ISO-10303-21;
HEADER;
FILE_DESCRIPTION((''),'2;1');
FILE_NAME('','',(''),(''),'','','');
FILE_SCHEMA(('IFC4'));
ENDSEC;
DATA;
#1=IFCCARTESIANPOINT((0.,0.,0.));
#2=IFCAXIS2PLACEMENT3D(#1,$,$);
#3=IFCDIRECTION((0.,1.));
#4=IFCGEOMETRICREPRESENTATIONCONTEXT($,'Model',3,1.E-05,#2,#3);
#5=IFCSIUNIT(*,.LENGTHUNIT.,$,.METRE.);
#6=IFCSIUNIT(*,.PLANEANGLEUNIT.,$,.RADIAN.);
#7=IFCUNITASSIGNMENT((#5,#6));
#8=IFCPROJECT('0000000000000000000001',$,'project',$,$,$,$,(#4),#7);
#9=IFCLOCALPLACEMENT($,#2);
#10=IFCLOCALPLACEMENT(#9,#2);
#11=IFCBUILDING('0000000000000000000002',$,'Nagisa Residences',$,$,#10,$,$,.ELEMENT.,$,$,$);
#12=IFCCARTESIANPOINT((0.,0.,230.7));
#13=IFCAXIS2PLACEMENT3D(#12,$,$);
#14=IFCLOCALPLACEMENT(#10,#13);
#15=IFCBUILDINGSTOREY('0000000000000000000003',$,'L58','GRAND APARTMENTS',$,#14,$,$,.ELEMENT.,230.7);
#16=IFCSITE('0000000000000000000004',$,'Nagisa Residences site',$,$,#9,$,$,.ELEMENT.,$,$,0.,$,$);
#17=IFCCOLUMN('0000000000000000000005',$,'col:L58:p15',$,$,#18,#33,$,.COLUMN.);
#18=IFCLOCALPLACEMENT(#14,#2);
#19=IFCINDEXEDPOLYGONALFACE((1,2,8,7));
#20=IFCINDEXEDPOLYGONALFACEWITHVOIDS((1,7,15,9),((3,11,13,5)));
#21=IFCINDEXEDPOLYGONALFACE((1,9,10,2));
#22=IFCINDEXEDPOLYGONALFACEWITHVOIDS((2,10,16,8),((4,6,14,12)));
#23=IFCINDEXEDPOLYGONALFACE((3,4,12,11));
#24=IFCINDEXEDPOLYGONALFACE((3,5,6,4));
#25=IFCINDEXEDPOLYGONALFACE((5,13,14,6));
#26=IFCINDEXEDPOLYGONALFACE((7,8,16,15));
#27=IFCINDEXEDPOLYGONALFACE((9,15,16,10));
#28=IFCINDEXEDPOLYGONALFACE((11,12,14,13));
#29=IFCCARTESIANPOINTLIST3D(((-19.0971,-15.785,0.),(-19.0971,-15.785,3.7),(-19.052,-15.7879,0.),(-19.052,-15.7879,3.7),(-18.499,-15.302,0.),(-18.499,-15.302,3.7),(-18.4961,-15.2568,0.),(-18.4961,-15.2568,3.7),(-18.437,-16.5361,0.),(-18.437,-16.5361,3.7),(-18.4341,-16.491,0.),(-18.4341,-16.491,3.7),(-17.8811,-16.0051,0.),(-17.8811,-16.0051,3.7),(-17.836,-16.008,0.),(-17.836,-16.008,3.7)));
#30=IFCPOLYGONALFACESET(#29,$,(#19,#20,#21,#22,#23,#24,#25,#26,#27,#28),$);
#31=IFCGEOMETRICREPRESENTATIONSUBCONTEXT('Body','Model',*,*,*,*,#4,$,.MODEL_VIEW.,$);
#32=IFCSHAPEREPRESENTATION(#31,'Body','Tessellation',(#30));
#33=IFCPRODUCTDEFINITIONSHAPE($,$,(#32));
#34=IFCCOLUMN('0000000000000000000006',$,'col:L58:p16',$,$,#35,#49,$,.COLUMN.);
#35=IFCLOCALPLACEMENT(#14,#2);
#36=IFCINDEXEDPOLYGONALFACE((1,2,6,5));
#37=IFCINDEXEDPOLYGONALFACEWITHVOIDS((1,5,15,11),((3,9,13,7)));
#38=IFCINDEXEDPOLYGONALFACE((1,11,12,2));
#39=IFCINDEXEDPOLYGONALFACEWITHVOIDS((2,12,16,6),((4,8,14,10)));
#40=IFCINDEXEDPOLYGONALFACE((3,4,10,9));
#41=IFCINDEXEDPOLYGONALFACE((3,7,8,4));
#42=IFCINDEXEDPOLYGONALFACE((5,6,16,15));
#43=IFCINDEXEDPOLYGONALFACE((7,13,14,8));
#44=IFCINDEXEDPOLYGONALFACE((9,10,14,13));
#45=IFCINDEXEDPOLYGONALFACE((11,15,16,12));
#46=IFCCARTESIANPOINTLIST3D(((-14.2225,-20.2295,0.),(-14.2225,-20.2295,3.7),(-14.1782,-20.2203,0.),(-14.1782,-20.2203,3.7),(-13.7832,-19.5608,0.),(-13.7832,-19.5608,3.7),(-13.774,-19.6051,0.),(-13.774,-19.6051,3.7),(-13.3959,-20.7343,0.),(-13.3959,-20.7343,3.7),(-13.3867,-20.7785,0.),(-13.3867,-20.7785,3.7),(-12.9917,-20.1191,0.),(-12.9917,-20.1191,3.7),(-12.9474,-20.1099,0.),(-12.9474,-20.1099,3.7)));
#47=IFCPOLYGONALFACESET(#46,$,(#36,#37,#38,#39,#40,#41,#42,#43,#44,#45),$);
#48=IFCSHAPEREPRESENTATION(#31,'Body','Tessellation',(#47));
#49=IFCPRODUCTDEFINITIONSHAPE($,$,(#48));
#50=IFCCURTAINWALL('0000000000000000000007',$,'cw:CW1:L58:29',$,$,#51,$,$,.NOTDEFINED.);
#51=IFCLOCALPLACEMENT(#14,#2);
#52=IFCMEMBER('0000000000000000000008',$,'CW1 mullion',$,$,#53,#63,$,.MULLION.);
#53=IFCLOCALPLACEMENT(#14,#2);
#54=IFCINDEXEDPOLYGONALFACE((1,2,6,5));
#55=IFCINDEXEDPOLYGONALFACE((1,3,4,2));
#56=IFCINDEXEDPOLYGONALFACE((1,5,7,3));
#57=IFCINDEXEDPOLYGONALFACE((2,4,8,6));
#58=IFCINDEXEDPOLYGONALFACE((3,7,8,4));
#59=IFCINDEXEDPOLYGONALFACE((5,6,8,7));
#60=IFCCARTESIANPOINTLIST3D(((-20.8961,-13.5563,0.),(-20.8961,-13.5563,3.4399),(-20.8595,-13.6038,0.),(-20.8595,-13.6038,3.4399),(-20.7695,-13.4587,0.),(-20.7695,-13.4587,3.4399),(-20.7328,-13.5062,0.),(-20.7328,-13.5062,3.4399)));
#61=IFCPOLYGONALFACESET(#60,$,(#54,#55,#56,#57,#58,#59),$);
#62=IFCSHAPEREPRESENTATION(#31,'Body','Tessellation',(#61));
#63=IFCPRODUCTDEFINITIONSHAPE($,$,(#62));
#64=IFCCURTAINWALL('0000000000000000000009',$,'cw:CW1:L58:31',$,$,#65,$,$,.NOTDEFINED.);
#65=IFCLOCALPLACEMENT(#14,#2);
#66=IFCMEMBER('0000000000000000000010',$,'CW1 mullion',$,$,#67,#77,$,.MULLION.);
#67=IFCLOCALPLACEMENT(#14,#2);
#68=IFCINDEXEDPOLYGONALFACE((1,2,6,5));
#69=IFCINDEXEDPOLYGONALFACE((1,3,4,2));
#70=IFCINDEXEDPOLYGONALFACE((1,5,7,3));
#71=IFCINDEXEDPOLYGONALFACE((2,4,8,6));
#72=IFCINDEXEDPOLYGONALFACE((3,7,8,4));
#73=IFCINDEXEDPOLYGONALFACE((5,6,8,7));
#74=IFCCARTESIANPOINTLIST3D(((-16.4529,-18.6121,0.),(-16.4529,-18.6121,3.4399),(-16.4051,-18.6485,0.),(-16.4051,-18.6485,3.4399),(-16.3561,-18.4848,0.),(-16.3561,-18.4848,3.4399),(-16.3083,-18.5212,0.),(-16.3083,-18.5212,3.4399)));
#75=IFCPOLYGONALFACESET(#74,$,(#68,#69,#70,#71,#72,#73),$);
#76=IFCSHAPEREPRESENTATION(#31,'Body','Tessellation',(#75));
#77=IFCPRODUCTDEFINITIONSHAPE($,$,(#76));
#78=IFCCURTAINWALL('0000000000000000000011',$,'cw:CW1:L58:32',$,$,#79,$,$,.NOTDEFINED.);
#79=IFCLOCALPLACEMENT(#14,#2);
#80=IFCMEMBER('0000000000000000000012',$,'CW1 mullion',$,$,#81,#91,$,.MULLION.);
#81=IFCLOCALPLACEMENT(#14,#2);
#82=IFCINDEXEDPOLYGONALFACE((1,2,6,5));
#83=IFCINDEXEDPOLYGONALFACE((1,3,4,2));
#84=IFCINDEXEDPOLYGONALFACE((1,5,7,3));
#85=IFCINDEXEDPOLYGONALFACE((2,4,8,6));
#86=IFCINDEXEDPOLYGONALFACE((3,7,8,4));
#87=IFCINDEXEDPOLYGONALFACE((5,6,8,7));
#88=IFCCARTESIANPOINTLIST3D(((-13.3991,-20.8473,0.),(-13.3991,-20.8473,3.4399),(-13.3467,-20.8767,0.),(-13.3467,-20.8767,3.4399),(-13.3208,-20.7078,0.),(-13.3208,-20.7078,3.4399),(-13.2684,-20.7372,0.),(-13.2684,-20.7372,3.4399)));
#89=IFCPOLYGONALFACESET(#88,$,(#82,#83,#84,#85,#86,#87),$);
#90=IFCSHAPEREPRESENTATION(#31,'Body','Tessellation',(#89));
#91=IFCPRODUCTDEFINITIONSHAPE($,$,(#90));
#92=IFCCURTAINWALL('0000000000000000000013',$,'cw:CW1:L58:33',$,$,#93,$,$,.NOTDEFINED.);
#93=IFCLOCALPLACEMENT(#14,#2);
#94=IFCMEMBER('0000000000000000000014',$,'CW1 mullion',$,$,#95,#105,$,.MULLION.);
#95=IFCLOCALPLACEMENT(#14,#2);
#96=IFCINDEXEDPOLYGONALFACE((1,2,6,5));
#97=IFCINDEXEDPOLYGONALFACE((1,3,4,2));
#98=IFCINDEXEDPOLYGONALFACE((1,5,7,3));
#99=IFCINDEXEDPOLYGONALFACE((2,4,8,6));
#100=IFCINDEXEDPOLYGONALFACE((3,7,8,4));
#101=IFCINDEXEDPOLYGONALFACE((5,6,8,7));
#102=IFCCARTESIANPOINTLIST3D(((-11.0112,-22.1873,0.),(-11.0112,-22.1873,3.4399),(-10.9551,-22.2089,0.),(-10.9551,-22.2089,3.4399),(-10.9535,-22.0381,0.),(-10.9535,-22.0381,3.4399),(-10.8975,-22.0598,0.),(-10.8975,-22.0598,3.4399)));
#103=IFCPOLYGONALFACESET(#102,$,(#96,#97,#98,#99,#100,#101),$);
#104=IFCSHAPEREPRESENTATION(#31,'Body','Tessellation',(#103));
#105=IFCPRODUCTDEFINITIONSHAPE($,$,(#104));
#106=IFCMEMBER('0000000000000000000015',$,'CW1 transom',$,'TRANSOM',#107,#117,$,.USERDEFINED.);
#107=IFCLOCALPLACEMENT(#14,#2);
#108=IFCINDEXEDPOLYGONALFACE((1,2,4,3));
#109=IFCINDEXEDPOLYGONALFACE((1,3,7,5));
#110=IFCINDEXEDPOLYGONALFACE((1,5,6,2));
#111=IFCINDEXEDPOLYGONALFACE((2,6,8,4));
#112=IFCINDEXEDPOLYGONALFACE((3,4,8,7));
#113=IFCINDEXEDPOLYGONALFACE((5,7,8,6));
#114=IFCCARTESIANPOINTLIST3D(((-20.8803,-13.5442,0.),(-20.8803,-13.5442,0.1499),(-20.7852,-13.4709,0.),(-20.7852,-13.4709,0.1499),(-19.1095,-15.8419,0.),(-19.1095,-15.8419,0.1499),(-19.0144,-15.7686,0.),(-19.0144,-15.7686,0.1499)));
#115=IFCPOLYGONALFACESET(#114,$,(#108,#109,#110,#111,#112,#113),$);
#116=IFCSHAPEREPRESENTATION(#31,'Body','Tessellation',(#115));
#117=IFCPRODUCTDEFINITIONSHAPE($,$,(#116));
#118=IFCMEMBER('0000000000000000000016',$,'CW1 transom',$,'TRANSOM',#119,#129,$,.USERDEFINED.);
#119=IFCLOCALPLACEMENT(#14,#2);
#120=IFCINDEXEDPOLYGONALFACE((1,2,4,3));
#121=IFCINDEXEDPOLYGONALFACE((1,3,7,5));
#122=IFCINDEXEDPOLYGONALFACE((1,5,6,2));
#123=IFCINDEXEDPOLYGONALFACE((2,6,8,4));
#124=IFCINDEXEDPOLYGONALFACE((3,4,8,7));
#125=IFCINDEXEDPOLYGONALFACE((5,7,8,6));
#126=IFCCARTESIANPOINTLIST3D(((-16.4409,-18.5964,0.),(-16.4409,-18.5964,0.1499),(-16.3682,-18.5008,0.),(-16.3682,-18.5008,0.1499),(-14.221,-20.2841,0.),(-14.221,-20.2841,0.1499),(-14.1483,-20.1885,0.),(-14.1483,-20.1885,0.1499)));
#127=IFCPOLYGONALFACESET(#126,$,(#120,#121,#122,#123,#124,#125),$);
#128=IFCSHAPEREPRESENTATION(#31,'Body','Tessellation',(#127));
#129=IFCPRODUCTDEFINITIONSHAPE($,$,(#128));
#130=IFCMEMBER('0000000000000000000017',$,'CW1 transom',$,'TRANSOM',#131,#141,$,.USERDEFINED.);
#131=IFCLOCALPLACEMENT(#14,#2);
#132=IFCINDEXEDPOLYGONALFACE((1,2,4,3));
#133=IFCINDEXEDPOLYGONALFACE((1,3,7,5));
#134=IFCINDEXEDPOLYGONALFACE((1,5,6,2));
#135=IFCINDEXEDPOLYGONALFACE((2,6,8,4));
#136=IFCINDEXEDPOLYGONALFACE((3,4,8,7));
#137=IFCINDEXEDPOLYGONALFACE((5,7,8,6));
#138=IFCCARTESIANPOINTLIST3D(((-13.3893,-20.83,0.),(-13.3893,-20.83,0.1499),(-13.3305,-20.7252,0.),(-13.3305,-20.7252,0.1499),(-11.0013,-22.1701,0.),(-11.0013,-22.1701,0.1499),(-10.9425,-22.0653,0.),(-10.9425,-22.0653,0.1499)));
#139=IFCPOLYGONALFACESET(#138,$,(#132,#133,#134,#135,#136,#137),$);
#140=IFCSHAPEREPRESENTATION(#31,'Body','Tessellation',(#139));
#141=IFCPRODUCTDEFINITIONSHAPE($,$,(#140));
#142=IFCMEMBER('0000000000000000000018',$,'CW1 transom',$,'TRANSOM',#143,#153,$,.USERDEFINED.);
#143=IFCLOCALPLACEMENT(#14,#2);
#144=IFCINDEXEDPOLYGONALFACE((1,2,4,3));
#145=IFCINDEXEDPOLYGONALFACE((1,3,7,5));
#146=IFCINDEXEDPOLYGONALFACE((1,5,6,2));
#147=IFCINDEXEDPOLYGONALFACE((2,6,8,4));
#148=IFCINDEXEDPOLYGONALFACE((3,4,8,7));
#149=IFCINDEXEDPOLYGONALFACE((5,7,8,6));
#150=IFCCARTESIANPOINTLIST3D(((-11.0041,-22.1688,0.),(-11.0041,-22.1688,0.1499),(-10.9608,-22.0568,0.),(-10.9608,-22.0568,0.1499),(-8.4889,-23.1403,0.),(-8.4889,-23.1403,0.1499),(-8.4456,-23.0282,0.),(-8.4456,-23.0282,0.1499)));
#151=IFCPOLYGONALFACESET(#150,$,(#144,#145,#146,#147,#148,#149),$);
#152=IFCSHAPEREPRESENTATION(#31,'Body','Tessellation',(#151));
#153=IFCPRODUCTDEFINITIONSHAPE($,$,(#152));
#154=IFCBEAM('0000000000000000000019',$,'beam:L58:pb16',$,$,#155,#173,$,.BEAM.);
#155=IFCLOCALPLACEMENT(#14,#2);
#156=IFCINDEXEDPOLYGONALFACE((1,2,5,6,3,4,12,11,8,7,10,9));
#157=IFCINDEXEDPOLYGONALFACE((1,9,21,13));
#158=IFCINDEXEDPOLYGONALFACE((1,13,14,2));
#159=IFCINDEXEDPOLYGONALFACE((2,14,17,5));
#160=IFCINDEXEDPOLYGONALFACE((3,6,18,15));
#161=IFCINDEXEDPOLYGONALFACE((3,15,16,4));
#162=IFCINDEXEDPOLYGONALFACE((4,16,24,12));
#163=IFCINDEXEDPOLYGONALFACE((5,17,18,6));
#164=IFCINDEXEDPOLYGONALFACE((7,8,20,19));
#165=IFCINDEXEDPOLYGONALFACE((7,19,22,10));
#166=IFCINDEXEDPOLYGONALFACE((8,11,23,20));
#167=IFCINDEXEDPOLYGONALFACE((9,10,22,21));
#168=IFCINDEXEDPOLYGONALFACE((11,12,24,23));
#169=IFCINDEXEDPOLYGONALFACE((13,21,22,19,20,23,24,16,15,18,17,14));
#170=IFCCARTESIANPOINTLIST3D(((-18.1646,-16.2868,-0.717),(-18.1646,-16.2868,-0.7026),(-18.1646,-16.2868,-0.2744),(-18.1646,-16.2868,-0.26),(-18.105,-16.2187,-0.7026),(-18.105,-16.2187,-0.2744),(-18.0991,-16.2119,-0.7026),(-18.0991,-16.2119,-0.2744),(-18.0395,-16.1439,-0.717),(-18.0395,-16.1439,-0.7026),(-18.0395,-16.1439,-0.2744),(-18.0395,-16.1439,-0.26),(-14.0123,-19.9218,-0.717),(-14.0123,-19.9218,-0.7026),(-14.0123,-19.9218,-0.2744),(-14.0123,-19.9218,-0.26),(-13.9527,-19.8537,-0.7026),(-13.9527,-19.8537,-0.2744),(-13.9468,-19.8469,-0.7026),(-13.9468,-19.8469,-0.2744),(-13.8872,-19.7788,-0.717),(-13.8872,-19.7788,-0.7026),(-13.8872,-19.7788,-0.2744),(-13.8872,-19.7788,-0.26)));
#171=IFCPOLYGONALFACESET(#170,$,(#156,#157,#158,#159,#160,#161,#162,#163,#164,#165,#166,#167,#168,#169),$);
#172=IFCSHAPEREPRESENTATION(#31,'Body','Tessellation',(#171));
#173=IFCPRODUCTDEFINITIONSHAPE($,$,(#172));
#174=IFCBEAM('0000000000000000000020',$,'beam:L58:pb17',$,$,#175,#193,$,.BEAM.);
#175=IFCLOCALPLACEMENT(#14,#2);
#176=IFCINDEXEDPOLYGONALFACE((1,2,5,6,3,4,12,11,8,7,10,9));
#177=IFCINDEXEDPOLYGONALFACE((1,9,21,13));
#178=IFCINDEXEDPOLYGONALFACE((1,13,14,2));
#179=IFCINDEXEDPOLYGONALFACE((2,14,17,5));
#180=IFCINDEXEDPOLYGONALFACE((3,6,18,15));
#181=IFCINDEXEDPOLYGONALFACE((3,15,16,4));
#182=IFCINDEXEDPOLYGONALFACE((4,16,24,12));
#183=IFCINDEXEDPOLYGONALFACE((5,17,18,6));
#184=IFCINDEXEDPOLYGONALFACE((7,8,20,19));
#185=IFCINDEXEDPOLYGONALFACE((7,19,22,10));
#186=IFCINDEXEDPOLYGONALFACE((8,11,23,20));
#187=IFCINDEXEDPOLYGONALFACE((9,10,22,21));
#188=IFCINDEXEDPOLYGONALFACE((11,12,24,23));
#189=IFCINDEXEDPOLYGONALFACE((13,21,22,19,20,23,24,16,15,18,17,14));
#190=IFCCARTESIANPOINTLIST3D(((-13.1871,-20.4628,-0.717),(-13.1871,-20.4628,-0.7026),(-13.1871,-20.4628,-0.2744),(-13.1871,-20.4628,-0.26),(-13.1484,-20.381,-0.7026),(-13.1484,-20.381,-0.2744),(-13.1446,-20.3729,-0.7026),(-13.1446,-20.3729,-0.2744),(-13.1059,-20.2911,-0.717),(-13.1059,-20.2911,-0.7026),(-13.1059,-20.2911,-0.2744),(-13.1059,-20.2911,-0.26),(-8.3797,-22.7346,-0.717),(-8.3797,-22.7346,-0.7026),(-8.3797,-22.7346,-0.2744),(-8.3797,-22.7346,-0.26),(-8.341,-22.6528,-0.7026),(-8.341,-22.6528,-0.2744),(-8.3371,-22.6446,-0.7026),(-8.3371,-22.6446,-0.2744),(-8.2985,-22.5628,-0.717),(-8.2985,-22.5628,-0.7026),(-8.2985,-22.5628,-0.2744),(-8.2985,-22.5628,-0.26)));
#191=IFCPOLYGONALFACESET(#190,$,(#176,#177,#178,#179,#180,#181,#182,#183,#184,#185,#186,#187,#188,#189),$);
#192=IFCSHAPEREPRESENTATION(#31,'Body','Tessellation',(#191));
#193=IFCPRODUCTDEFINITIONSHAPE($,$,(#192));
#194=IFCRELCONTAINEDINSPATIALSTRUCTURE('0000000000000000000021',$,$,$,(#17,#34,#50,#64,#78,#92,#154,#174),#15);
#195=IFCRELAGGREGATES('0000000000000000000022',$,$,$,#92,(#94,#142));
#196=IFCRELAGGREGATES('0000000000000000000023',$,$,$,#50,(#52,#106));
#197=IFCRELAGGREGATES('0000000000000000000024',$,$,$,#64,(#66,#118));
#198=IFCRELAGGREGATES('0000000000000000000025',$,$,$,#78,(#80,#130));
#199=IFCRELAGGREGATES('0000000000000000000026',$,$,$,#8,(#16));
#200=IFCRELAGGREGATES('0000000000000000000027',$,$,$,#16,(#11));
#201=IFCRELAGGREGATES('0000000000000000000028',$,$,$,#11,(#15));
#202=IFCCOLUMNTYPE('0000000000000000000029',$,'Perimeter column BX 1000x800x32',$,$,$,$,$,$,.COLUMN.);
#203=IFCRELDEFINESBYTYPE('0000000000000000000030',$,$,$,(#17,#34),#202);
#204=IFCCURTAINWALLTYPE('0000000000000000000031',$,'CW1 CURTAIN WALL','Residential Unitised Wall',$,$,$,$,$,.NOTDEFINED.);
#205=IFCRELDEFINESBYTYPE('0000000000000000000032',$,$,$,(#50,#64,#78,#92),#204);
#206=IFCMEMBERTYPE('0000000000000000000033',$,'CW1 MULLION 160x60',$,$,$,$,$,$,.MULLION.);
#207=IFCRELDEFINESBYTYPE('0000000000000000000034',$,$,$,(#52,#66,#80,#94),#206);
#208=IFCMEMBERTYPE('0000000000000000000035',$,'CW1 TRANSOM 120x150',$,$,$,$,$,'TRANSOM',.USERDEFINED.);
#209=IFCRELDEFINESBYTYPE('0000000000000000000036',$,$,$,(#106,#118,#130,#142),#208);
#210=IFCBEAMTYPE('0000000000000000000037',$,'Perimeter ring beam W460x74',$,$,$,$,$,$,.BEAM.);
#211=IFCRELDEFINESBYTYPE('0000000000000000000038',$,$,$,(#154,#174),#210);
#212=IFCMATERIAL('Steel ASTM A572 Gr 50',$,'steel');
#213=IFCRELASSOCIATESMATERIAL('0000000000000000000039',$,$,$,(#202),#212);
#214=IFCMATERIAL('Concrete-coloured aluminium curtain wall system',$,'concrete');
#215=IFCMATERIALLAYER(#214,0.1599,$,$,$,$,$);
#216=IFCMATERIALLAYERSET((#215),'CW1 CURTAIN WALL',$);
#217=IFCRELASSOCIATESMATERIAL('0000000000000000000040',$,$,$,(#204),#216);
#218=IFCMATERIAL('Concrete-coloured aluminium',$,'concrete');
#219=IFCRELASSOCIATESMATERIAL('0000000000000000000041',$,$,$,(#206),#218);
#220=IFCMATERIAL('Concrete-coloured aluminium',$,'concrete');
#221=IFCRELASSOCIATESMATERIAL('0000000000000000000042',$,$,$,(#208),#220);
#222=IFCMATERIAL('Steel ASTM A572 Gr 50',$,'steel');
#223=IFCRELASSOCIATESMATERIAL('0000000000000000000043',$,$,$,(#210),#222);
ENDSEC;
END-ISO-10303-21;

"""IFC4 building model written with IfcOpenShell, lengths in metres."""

from ifc_helpers import new_model, si_unit, direction, frame, origin, origin_2d, place, context, subcontext, project, spatial, rectangle, hollow_rectangle, i_section, extrude, material, layer, layer_set, material_profile, profile_set, type_object, element, aggregate, save


model = new_model("IFC4")

# Units and contexts
model_context = context("Model", 3, precision=1e-05, world=origin(), true_north=direction((0.0, 1.0)))
body_context = subcontext(model_context, "Body", "Model", "MODEL_VIEW")
ifc_project = project(units=[si_unit("LENGTHUNIT", "METRE"), si_unit("PLANEANGLEUNIT", "RADIAN")], contexts=[model_context])

# Site, building, storey
site_placement = place(None, origin())
site = spatial("IfcSite", under=ifc_project, at=site_placement, Name="Nagisa Residences site", CompositionType="ELEMENT", RefElevation=0.0)
building_placement = place(site_placement, origin())
building = spatial("IfcBuilding", under=site, at=building_placement, Name="Nagisa Residences", CompositionType="ELEMENT")
storey_placement = place(building_placement, frame((0.0, 0.0, 230.7)))
storey = spatial("IfcBuildingStorey", under=building, at=storey_placement, Name="L58", Description="GRAND APARTMENTS", CompositionType="ELEMENT", Elevation=230.7)

# Columns
ifc_material_1 = material(Name="Steel ASTM A572 Gr 50", Category="steel")
ifc_material_profile_1 = material_profile(ifc_material_1, hollow_rectangle(XDim=1.0, YDim=0.8, WallThickness=0.032, at=origin_2d()), Name="BX 1000x800x32")
ifc_profile_set_1 = profile_set([ifc_material_profile_1], Name="Steel ASTM A572 Gr 50")
column_type = type_object("IfcColumnType", Name="Perimeter column BX 1000x800x32", PredefinedType="COLUMN", material=ifc_profile_set_1)
for number, where, z_axis, x_axis, name in (
    (1, (-18.4666, -15.8965, 0.0), (0.0, 0.0, 1.0), (0.660115, -0.751165, 0.0), "col:L58:p15"),
    (2, (-13.585, -20.1697, 0.0), (0.0, 0.0, 1.0), (0.835766, -0.549086, 0.0), "col:L58:p16"),
):
    element("IfcColumn", number, at=place(storey_placement, frame(where, z_axis=z_axis, x_axis=x_axis)), inside=storey, type_object=column_type, Name=name, PredefinedType="COLUMN", context=body_context, shape_type="SweptSolid", body=[
        extrude(hollow_rectangle(XDim=1.0, YDim=0.8, WallThickness=0.032, at=origin_2d()), origin(), (0.0, 0.0, 1.0), 3.7),
    ])

# Curtain walls, members
ifc_material_2 = material(Name="Concrete-coloured aluminium curtain wall system", Category="concrete")
ifc_layer_1 = layer(ifc_material_2, 0.1599)
ifc_layer_set_1 = layer_set([ifc_layer_1], Name="CW1 CURTAIN WALL")
curtain_wall_type = type_object("IfcCurtainWallType", Name="CW1 CURTAIN WALL", Description="Residential Unitised Wall", PredefinedType="NOTDEFINED", material=ifc_layer_set_1)
curtain_wall_1_placement = place(storey_placement, origin())
curtain_wall_1 = element("IfcCurtainWall", 3, at=curtain_wall_1_placement, inside=storey, type_object=curtain_wall_type, Name="cw:CW1:L58:29", PredefinedType="NOTDEFINED")
ifc_material_3 = material(Name="Concrete-coloured aluminium", Category="concrete")
ifc_material_profile_2 = material_profile(ifc_material_3, rectangle(XDim=0.1599, YDim=0.0601, at=origin_2d()), Name="CW1 MULLION 160x60")
ifc_profile_set_2 = profile_set([ifc_material_profile_2], Name="Concrete-coloured aluminium")
member_type_1 = type_object("IfcMemberType", Name="CW1 MULLION 160x60", PredefinedType="MULLION", material=ifc_profile_set_2)
member_1_placement = place(storey_placement, frame((-20.8145, -13.5312, 0.0), z_axis=(0.0, 0.0, 1.0), x_axis=(0.79207, 0.61043, 0.0)))
member_1 = element("IfcMember", 4, at=member_1_placement, type_object=member_type_1, Name="CW1 mullion", PredefinedType="MULLION", context=body_context, shape_type="SweptSolid", body=[
    extrude(rectangle(XDim=0.1599, YDim=0.0601, at=origin_2d()), origin(), (0.0, 0.0, 1.0), 3.4399),
])
curtain_wall_2_placement = place(storey_placement, origin())
curtain_wall_2 = element("IfcCurtainWall", 5, at=curtain_wall_2_placement, inside=storey, type_object=curtain_wall_type, Name="cw:CW1:L58:31", PredefinedType="NOTDEFINED")
member_2_placement = place(storey_placement, frame((-16.3806, -18.5667, 0.0), z_axis=(0.0, 0.0, 1.0), x_axis=(0.605255, 0.796031, 0.0)))
member_2 = element("IfcMember", 6, at=member_2_placement, type_object=member_type_1, Name="CW1 mullion", PredefinedType="MULLION", context=body_context, shape_type="SweptSolid", body=[
    extrude(rectangle(XDim=0.1599, YDim=0.0601, at=origin_2d()), origin(), (0.0, 0.0, 1.0), 3.4399),
])
curtain_wall_3_placement = place(storey_placement, origin())
curtain_wall_3 = element("IfcCurtainWall", 7, at=curtain_wall_3_placement, inside=storey, type_object=curtain_wall_type, Name="cw:CW1:L58:32", PredefinedType="NOTDEFINED")
member_3_placement = place(storey_placement, frame((-13.3337, -20.7922, 0.0), z_axis=(0.0, 0.0, 1.0), x_axis=(0.489377, 0.872072, 0.0)))
member_3 = element("IfcMember", 8, at=member_3_placement, type_object=member_type_1, Name="CW1 mullion", PredefinedType="MULLION", context=body_context, shape_type="SweptSolid", body=[
    extrude(rectangle(XDim=0.1599, YDim=0.0601, at=origin_2d()), origin(), (0.0, 0.0, 1.0), 3.4399),
])
curtain_wall_4_placement = place(storey_placement, origin())
curtain_wall_4 = element("IfcCurtainWall", 9, at=curtain_wall_4_placement, inside=storey, type_object=curtain_wall_type, Name="cw:CW1:L58:33", PredefinedType="NOTDEFINED")
member_4_placement = place(storey_placement, frame((-10.9543, -22.1235, 0.0), z_axis=(0.0, 0.0, 1.0), x_axis=(0.360328, 0.932826, 0.0)))
member_4 = element("IfcMember", 10, at=member_4_placement, type_object=member_type_1, Name="CW1 mullion", PredefinedType="MULLION", context=body_context, shape_type="SweptSolid", body=[
    extrude(rectangle(XDim=0.1599, YDim=0.0601, at=origin_2d()), origin(), (0.0, 0.0, 1.0), 3.4399),
])

# Members
ifc_material_4 = material(Name="Concrete-coloured aluminium", Category="concrete")
ifc_material_profile_3 = material_profile(ifc_material_4, rectangle(XDim=0.1201, YDim=0.1499, at=origin_2d()), Name="CW1 TRANSOM 120x150")
ifc_profile_set_3 = profile_set([ifc_material_profile_3], Name="Concrete-coloured aluminium")
member_type_2 = type_object("IfcMemberType", Name="CW1 TRANSOM 120x150", ElementType="TRANSOM", PredefinedType="USERDEFINED", material=ifc_profile_set_3)
member_5_placement = place(storey_placement, frame((-20.8328, -13.5076, 0.075), z_axis=(0.610439, -0.792064, 0.0), x_axis=(0.792064, 0.610439, 0.0)))
member_5 = element("IfcMember", 11, at=member_5_placement, type_object=member_type_2, Name="CW1 transom", ObjectType="TRANSOM", PredefinedType="USERDEFINED", context=body_context, shape_type="SweptSolid", body=[
    extrude(rectangle(XDim=0.1201, YDim=0.1499, at=origin_2d()), origin(), (0.0, 0.0, 1.0), 2.9009),
])
member_6_placement = place(storey_placement, frame((-16.4045, -18.5486, 0.075), z_axis=(0.796064, -0.605212, 0.0), x_axis=(0.605212, 0.796064, 0.0)))
member_6 = element("IfcMember", 12, at=member_6_placement, type_object=member_type_2, Name="CW1 transom", ObjectType="TRANSOM", PredefinedType="USERDEFINED", context=body_context, shape_type="SweptSolid", body=[
    extrude(rectangle(XDim=0.1201, YDim=0.1499, at=origin_2d()), origin(), (0.0, 0.0, 1.0), 2.7886),
])
member_7_placement = place(storey_placement, frame((-13.3599, -20.7776, 0.075), z_axis=(0.872063, -0.489393, 0.0), x_axis=(0.489393, 0.872063, 0.0)))
member_7 = element("IfcMember", 13, at=member_7_placement, type_object=member_type_2, Name="CW1 transom", ObjectType="TRANSOM", PredefinedType="USERDEFINED", context=body_context, shape_type="SweptSolid", body=[
    extrude(rectangle(XDim=0.1201, YDim=0.1499, at=origin_2d()), origin(), (0.0, 0.0, 1.0), 2.7383),
])
member_8_placement = place(storey_placement, frame((-10.9824, -22.1128, 0.075), z_axis=(0.932838, -0.360295, 0.0), x_axis=(0.360295, 0.932838, 0.0)))
member_8 = element("IfcMember", 14, at=member_8_placement, type_object=member_type_2, Name="CW1 transom", ObjectType="TRANSOM", PredefinedType="USERDEFINED", context=body_context, shape_type="SweptSolid", body=[
    extrude(rectangle(XDim=0.1201, YDim=0.1499, at=origin_2d()), origin(), (0.0, 0.0, 1.0), 2.6963),
])
aggregate(curtain_wall_4, [member_4, member_8])

# Beams
ifc_material_5 = material(Name="Steel ASTM A572 Gr 50", Category="steel")
ifc_material_profile_4 = material_profile(ifc_material_5, i_section(OverallWidth=0.1899, OverallDepth=0.457, WebThickness=0.009, FlangeThickness=0.0144, at=origin_2d()), Name="W460x74")
ifc_profile_set_4 = profile_set([ifc_material_profile_4], Name="Steel ASTM A572 Gr 50")
beam_type_1 = type_object("IfcBeamType", Name="Perimeter ring beam W460x74", PredefinedType="BEAM", material=ifc_profile_set_4)
beam_1_placement = place(storey_placement, frame((-18.1021, -16.2153, -0.4885), z_axis=(0.752423, -0.65868, 0.0), x_axis=(0.65868, 0.752423, 0.0)))
element("IfcBeam", 15, at=beam_1_placement, inside=storey, type_object=beam_type_1, Name="beam:L58:pb16", PredefinedType="BEAM", context=body_context, shape_type="SweptSolid", body=[
    extrude(i_section(OverallWidth=0.1899, OverallDepth=0.457, WebThickness=0.009, FlangeThickness=0.0144, at=origin_2d()), origin(), (0.0, 0.0, 1.0), 5.5186),
])
beam_2_placement = place(storey_placement, frame((-13.1465, -20.377, -0.4885), z_axis=(0.904134, -0.427249, 0.0), x_axis=(0.427249, 0.904134, 0.0)))
element("IfcBeam", 16, at=beam_2_placement, inside=storey, type_object=beam_type_1, Name="beam:L58:pb17", PredefinedType="BEAM", context=body_context, shape_type="SweptSolid", body=[
    extrude(i_section(OverallWidth=0.1899, OverallDepth=0.457, WebThickness=0.009, FlangeThickness=0.0144, at=origin_2d()), origin(), (0.0, 0.0, 1.0), 5.3171),
])

aggregate(curtain_wall_1, [member_1, member_5])
aggregate(curtain_wall_2, [member_2, member_6])
aggregate(curtain_wall_3, [member_3, member_7])

save(model, "model.ifc")
